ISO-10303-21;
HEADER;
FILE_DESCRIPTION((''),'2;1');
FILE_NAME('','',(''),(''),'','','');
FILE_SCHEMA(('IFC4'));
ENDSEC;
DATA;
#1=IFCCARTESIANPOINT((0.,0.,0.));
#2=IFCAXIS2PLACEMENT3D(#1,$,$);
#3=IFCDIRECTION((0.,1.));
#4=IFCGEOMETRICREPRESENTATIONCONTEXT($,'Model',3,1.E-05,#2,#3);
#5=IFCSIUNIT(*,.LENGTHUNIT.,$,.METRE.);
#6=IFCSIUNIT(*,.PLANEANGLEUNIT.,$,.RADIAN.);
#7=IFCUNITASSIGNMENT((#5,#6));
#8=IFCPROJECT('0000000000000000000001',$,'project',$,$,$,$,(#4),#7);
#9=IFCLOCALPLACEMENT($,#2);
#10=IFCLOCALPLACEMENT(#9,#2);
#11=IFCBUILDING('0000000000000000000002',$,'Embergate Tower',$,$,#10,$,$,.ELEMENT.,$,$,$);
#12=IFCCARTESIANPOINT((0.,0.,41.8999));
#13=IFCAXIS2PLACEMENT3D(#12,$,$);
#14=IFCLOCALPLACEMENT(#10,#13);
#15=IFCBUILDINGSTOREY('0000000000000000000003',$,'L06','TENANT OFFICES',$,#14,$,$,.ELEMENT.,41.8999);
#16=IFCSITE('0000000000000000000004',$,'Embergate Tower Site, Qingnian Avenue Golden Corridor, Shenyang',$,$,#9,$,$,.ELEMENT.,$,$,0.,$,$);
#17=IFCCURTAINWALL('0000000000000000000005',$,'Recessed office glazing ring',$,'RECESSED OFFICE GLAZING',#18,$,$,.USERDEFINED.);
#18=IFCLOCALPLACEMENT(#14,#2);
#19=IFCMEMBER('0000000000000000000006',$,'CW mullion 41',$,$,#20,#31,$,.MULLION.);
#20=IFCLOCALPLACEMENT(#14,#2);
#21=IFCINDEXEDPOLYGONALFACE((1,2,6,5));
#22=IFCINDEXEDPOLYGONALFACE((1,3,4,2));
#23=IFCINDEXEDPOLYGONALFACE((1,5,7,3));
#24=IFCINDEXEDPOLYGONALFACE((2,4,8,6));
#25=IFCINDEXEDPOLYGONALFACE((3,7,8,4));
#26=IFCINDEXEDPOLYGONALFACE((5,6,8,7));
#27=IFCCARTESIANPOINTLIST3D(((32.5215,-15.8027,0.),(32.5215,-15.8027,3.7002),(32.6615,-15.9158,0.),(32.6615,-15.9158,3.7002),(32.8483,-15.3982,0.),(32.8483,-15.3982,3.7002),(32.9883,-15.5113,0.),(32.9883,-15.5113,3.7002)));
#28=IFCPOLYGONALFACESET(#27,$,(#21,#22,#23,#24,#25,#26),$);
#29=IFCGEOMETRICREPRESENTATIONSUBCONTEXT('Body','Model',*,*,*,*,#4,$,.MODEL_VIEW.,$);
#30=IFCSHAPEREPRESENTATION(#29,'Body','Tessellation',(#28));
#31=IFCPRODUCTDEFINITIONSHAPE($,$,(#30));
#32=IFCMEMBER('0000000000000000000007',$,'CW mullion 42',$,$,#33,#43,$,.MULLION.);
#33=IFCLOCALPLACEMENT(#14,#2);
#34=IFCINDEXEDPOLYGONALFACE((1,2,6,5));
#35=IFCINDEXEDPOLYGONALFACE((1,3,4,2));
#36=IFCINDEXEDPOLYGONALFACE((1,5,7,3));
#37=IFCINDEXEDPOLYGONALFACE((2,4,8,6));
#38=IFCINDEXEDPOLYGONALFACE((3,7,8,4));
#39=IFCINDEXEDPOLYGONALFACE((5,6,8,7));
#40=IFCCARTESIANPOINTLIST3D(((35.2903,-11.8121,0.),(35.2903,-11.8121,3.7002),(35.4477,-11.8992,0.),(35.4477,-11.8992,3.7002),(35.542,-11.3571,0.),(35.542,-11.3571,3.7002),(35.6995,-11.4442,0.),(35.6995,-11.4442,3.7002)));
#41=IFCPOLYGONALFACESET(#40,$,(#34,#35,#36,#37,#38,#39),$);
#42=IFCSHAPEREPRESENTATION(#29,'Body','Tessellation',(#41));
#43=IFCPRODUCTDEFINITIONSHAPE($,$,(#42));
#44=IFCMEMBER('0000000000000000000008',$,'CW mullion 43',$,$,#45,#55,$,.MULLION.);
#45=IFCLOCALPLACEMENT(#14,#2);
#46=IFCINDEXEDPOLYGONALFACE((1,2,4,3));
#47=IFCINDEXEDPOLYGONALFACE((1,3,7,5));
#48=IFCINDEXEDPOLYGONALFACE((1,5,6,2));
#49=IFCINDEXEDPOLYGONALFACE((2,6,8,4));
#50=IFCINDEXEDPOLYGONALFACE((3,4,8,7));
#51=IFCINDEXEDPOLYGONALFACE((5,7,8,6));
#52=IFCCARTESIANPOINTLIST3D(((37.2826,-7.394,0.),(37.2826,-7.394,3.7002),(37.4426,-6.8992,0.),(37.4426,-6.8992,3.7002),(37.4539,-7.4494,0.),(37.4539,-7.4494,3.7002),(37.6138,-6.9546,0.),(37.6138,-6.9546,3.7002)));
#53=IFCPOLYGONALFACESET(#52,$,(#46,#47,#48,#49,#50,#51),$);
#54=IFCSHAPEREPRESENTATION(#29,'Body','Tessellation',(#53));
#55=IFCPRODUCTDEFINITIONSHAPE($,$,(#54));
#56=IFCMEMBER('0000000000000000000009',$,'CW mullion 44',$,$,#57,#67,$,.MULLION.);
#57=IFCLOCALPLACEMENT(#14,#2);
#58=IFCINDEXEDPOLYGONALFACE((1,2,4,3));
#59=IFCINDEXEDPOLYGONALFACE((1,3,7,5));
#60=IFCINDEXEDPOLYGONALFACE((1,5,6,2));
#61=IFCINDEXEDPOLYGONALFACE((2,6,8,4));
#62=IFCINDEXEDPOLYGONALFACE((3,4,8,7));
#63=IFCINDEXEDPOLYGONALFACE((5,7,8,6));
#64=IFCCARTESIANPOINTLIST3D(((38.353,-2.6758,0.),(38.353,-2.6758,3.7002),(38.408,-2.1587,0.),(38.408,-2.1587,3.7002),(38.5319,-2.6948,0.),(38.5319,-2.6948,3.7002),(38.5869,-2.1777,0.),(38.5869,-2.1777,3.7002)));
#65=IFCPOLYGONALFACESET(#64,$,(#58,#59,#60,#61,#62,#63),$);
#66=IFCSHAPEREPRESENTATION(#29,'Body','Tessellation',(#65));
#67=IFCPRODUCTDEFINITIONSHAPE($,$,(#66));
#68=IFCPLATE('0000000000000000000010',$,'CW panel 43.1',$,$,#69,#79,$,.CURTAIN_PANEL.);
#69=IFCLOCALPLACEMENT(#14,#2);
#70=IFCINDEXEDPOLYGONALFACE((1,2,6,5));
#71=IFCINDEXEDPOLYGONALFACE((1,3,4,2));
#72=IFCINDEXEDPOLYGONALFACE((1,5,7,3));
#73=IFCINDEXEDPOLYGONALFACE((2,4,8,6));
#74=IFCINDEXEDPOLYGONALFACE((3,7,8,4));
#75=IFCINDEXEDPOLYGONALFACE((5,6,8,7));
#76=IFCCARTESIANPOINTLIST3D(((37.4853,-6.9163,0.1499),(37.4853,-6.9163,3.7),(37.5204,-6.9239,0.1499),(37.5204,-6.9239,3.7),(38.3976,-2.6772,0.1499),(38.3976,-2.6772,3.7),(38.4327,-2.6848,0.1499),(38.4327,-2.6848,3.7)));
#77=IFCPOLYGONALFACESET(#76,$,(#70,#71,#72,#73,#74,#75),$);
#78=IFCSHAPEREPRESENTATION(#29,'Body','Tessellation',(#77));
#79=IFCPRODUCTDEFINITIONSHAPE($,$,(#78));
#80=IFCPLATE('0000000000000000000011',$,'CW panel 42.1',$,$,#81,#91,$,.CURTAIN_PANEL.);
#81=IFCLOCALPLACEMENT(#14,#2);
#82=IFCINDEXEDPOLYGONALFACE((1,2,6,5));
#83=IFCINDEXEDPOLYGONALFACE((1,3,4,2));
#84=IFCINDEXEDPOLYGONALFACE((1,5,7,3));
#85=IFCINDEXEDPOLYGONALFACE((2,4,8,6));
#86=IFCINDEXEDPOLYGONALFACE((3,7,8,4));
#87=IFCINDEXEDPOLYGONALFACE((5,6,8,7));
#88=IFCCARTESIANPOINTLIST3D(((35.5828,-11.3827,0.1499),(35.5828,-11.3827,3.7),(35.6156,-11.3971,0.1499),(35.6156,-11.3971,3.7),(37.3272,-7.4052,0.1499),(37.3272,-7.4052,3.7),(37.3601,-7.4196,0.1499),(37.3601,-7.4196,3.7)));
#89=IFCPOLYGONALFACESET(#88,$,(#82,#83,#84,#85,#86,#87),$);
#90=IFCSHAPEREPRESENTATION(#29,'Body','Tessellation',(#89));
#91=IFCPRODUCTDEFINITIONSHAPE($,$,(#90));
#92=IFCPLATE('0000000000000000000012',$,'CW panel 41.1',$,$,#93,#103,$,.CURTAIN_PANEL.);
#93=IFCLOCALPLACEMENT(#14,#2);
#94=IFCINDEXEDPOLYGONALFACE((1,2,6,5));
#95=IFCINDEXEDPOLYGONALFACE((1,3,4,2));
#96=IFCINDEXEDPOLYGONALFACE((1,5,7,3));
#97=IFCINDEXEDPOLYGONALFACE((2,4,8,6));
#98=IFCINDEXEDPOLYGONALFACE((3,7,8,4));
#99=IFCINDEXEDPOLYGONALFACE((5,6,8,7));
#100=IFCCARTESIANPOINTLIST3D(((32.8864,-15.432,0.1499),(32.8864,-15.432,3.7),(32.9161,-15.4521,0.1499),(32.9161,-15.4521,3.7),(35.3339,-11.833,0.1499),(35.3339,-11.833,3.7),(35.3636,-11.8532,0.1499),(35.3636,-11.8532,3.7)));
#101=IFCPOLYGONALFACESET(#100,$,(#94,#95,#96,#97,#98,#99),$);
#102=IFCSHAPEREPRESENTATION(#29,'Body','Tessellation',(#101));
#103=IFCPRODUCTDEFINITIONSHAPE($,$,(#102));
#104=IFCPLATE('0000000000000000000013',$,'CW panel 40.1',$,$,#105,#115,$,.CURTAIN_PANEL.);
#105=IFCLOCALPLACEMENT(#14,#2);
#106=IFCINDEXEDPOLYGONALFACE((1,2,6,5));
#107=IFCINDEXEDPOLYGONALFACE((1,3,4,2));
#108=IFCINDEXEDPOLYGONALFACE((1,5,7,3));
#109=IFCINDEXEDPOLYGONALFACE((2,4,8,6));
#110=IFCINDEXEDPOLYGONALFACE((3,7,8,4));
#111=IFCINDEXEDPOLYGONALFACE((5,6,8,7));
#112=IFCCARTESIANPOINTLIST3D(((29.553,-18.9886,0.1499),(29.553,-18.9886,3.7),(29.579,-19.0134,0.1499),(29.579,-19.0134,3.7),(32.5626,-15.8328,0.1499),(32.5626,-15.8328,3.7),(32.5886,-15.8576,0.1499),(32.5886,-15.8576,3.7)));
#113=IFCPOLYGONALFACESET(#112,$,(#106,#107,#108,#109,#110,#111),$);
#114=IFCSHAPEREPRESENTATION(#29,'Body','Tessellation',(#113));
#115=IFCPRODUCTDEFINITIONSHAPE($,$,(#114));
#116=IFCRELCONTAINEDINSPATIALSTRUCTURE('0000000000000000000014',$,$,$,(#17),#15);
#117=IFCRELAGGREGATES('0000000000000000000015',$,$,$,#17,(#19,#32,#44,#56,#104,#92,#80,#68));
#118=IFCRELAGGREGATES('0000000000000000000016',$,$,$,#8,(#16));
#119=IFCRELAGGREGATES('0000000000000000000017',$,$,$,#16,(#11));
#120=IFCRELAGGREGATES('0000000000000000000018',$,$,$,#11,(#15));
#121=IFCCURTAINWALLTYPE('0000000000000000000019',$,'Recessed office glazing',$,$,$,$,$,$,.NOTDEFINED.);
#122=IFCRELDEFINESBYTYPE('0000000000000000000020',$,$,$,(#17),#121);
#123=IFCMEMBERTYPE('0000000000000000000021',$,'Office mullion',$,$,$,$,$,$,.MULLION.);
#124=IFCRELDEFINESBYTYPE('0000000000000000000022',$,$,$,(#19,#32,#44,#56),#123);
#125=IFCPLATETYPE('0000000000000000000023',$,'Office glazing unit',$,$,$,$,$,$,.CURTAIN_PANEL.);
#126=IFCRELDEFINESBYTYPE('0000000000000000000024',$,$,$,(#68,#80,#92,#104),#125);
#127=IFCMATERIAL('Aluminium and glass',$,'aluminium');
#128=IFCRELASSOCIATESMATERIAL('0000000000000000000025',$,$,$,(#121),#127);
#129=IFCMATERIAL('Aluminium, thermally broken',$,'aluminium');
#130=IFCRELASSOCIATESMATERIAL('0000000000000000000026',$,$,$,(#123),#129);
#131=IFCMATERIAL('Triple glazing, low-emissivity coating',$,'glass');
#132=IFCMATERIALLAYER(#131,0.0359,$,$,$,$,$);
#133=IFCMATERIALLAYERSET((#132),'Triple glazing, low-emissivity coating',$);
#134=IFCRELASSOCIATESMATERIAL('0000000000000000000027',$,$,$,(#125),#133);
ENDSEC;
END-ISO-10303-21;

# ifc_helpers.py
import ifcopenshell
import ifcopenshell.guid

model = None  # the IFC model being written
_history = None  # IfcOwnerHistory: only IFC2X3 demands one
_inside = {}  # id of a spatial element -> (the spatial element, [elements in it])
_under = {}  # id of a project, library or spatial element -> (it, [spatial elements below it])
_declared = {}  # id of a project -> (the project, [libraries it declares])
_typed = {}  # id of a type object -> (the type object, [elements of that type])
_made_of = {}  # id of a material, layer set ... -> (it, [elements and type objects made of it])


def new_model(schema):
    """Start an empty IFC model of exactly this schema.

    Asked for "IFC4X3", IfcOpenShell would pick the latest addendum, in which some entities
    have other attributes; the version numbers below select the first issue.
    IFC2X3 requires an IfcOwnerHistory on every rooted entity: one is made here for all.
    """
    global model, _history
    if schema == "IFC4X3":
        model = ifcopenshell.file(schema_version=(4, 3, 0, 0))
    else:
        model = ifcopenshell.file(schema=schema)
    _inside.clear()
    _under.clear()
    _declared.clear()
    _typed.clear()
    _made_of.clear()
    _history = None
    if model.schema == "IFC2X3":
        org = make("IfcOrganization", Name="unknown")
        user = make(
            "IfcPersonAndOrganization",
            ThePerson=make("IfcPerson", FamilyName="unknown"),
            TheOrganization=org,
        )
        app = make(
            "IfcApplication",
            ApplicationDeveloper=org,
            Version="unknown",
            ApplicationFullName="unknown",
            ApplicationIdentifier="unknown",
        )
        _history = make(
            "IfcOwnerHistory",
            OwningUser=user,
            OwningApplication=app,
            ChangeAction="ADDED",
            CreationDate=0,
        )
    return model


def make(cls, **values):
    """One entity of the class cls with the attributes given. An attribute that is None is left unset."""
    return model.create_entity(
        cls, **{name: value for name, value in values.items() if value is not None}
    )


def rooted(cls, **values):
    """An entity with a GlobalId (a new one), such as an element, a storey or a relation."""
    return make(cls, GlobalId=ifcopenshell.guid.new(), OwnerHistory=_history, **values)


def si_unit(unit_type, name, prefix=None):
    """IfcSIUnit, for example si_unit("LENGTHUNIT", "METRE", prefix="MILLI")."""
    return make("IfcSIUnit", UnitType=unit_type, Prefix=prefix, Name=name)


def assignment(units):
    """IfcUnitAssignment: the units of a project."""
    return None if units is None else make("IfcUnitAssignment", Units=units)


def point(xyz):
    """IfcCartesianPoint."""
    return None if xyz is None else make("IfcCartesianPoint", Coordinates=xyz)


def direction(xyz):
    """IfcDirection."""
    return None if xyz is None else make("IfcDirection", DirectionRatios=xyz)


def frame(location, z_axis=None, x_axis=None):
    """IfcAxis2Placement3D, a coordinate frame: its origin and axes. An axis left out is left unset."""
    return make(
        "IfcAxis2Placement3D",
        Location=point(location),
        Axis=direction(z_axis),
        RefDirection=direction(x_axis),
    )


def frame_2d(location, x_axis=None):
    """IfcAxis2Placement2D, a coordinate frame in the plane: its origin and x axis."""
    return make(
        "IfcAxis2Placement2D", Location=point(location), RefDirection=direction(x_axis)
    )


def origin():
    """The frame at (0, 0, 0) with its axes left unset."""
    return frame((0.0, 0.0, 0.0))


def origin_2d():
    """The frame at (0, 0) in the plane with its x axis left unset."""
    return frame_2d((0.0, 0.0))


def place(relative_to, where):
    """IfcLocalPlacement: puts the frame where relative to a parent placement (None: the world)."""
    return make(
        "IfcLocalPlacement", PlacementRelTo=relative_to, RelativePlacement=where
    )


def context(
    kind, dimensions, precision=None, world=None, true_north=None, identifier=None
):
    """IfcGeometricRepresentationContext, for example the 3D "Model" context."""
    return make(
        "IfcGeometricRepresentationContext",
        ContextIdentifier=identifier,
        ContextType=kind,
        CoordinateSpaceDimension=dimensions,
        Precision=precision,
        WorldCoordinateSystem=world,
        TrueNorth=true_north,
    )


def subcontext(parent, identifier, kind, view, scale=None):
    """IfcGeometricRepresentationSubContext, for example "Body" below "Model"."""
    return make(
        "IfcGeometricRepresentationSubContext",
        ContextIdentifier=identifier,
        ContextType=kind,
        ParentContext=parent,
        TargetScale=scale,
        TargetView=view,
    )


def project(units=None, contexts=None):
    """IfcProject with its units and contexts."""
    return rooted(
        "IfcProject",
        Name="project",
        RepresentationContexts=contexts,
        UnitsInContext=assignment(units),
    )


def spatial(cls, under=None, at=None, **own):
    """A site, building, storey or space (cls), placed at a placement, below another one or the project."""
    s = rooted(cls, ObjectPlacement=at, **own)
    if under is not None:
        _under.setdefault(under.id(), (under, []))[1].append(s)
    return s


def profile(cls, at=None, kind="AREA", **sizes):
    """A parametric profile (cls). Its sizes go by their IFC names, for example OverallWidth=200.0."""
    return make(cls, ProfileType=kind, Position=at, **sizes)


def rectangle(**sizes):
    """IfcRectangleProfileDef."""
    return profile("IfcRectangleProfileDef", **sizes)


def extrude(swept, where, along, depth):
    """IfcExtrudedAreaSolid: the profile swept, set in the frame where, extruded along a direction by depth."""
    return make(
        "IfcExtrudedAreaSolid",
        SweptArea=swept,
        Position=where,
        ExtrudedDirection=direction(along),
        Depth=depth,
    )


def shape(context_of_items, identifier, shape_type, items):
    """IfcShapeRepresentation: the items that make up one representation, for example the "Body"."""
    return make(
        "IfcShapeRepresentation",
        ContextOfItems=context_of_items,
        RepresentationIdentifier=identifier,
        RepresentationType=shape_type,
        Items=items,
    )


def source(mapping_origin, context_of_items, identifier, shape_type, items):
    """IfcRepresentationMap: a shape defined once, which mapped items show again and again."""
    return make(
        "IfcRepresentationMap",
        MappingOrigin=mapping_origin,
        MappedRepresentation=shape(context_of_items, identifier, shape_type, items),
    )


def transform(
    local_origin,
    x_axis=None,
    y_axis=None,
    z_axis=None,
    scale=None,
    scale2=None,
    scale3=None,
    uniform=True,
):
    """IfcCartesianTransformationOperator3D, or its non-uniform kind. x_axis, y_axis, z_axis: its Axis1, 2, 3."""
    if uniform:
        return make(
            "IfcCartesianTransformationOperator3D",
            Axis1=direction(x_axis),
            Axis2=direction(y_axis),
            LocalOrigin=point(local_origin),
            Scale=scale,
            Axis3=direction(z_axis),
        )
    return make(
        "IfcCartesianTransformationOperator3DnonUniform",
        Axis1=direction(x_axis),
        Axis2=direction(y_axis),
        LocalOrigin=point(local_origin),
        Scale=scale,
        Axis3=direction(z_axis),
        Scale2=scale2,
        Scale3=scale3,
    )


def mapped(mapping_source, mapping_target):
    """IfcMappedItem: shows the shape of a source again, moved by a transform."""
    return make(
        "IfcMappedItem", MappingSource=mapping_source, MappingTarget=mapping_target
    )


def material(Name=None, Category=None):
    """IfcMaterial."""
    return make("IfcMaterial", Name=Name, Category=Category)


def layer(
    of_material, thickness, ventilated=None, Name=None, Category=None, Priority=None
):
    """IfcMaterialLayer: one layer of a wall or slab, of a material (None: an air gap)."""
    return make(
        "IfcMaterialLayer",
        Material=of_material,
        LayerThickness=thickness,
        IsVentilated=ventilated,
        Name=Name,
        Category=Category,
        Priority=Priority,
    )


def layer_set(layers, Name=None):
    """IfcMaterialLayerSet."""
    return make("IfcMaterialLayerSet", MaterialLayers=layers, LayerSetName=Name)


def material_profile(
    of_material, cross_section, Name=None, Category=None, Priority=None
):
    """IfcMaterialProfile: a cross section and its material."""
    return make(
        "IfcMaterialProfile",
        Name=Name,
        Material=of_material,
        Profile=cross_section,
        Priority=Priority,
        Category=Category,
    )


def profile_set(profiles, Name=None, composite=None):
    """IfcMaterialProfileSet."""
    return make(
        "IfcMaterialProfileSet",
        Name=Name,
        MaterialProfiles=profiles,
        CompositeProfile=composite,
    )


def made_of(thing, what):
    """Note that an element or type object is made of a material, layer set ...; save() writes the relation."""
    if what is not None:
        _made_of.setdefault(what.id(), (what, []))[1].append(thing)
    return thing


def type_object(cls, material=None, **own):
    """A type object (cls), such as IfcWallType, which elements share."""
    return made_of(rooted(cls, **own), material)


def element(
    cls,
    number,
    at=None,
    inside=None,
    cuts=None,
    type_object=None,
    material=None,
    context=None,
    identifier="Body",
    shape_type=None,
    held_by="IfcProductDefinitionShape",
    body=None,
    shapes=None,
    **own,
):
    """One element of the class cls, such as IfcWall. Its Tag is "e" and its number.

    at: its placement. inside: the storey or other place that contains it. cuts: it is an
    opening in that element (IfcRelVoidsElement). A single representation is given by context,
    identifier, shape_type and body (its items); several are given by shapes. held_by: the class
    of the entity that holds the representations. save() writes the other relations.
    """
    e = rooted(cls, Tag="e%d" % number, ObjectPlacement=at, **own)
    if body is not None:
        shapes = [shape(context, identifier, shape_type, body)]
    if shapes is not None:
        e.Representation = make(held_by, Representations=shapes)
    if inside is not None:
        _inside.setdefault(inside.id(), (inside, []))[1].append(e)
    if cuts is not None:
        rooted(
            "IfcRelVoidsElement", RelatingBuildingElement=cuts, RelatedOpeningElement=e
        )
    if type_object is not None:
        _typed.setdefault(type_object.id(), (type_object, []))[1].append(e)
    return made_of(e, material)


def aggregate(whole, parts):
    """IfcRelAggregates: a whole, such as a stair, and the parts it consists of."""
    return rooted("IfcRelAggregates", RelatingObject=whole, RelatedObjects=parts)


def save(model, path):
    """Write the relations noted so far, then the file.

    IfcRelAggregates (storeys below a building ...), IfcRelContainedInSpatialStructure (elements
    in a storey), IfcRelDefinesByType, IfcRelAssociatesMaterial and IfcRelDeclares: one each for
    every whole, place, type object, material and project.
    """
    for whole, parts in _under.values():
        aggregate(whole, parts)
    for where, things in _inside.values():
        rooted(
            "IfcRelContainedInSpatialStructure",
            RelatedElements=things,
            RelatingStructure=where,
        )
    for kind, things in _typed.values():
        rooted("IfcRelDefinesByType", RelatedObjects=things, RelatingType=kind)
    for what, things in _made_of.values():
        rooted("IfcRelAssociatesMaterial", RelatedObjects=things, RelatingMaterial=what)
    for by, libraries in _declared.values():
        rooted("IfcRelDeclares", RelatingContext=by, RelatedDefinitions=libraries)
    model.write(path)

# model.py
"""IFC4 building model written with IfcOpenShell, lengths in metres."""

from ifc_helpers import new_model, si_unit, direction, frame, origin, origin_2d, place, context, subcontext, project, spatial, rectangle, extrude, source, transform, mapped, material, layer, layer_set, material_profile, profile_set, type_object, element, aggregate, save


model = new_model("IFC4")

# Units and contexts
model_context = context("Model", 3, precision=1e-05, world=origin(), true_north=direction((0.0, 1.0)))
body_context = subcontext(model_context, "Body", "Model", "MODEL_VIEW")
ifc_project = project(units=[si_unit("LENGTHUNIT", "METRE"), si_unit("PLANEANGLEUNIT", "RADIAN")], contexts=[model_context])

# Site, building, storey
site_placement = place(None, origin())
site = spatial("IfcSite", under=ifc_project, at=site_placement, Name="Embergate Tower Site, Qingnian Avenue Golden Corridor, Shenyang", CompositionType="ELEMENT", RefElevation=0.0)
building_placement = place(site_placement, origin())
building = spatial("IfcBuilding", under=site, at=building_placement, Name="Embergate Tower", CompositionType="ELEMENT")
storey_placement = place(building_placement, frame((0.0, 0.0, 41.8999)))
storey = spatial("IfcBuildingStorey", under=building, at=storey_placement, Name="L06", Description="TENANT OFFICES", CompositionType="ELEMENT", Elevation=41.8999)

# Curtain wall, members, plates
ifc_material_1 = material(Name="Aluminium and glass", Category="aluminium")
curtain_wall_type = type_object("IfcCurtainWallType", Name="Recessed office glazing", PredefinedType="NOTDEFINED", material=ifc_material_1)
curtain_wall_placement = place(storey_placement, origin())
curtain_wall = element("IfcCurtainWall", 1, at=curtain_wall_placement, inside=storey, type_object=curtain_wall_type, Name="Recessed office glazing ring", ObjectType="RECESSED OFFICE GLAZING", PredefinedType="USERDEFINED")
ifc_material_2 = material(Name="Aluminium, thermally broken", Category="aluminium")
ifc_material_profile_1 = material_profile(ifc_material_2, rectangle(XDim=0.1799, YDim=0.52, at=origin_2d()), Name="AL 520x180")
ifc_profile_set_1 = profile_set([ifc_material_profile_1], Name="Aluminium, thermally broken")
member_type_1 = type_object("IfcMemberType", Name="Office mullion", PredefinedType="MULLION", material=ifc_profile_set_1)
shared_shape_1 = source(origin(), body_context, "Body", "SweptSolid", [
    extrude(rectangle(XDim=0.1799, YDim=0.52, at=origin_2d()), origin(), (0.0, 0.0, 1.0), 3.7002),
])
member_1_placement = place(storey_placement, frame((32.7549, -15.657, 0.0), z_axis=(0.0, 0.0, 1.0), x_axis=(-0.777874, 0.628421, 0.0)))
member_1 = element("IfcMember", 2, at=member_1_placement, type_object=member_type_1, Name="CW mullion 41", PredefinedType="MULLION", context=body_context, shape_type="MappedRepresentation", body=[
    mapped(shared_shape_1, transform((0.0, 0.0, 0.0))),
])
member_2_placement = place(storey_placement, frame((35.4949, -11.6282, 0.0), z_axis=(0.0, 0.0, 1.0), x_axis=(-0.875003, 0.484118, 0.0)))
member_2 = element("IfcMember", 3, at=member_2_placement, type_object=member_type_1, Name="CW mullion 42", PredefinedType="MULLION", context=body_context, shape_type="MappedRepresentation", body=[
    mapped(shared_shape_1, transform((0.0, 0.0, 0.0))),
])
member_3_placement = place(storey_placement, frame((37.4482, -7.1743, 0.0), z_axis=(0.0, 0.0, 1.0), x_axis=(-0.951499, 0.307652, 0.0)))
member_3 = element("IfcMember", 4, at=member_3_placement, type_object=member_type_1, Name="CW mullion 43", PredefinedType="MULLION", context=body_context, shape_type="MappedRepresentation", body=[
    mapped(shared_shape_1, transform((0.0, 0.0, 0.0))),
])
member_4_placement = place(storey_placement, frame((38.47, -2.4268, 0.0), z_axis=(0.0, 0.0, 1.0), x_axis=(-0.994385, 0.105823, 0.0)))
member_4 = element("IfcMember", 5, at=member_4_placement, type_object=member_type_1, Name="CW mullion 44", PredefinedType="MULLION", context=body_context, shape_type="MappedRepresentation", body=[
    mapped(shared_shape_1, transform((0.0, 0.0, 0.0))),
])
ifc_material_3 = material(Name="Triple glazing, low-emissivity coating", Category="glass")
ifc_layer_1 = layer(ifc_material_3, 0.0359)
ifc_layer_set_1 = layer_set([ifc_layer_1], Name="Triple glazing, low-emissivity coating")
plate_type = type_object("IfcPlateType", Name="Office glazing unit", PredefinedType="CURTAIN_PANEL", material=ifc_layer_set_1)
shared_shape_2 = source(origin(), body_context, "Body", "SweptSolid", [
    extrude(rectangle(XDim=4.3362, YDim=0.0359, at=origin_2d()), origin(), (0.0, 0.0, 1.0), 3.55),
])
plate_1_placement = place(storey_placement, frame((37.959, -4.8005, 0.1499), z_axis=(0.0, 0.0, 1.0), x_axis=(0.210398, 0.977616, 0.0)))
plate_1 = element("IfcPlate", 6, at=plate_1_placement, type_object=plate_type, Name="CW panel 43.1", PredefinedType="CURTAIN_PANEL", context=body_context, shape_type="MappedRepresentation", body=[
    mapped(shared_shape_2, transform((0.0, 0.0, 0.0))),
])
shared_shape_3 = source(origin(), body_context, "Body", "SweptSolid", [
    extrude(rectangle(XDim=4.3433, YDim=0.0359, at=origin_2d()), origin(), (0.0, 0.0, 1.0), 3.55),
])
plate_2_placement = place(storey_placement, frame((36.4714, -9.4011, 0.1499), z_axis=(0.0, 0.0, 1.0), x_axis=(0.401654, 0.915792, 0.0)))
plate_2 = element("IfcPlate", 7, at=plate_2_placement, type_object=plate_type, Name="CW panel 42.1", PredefinedType="CURTAIN_PANEL", context=body_context, shape_type="MappedRepresentation", body=[
    mapped(shared_shape_3, transform((0.0, 0.0, 0.0))),
])
shared_shape_4 = source(origin(), body_context, "Body", "SweptSolid", [
    extrude(rectangle(XDim=4.3523, YDim=0.0359, at=origin_2d()), origin(), (0.0, 0.0, 1.0), 3.55),
])
plate_3_placement = place(storey_placement, frame((34.125, -13.6426, 0.1499), z_axis=(0.0, 0.0, 1.0), x_axis=(0.562345, 0.826903, 0.0)))
plate_3 = element("IfcPlate", 8, at=plate_3_placement, type_object=plate_type, Name="CW panel 41.1", PredefinedType="CURTAIN_PANEL", context=body_context, shape_type="MappedRepresentation", body=[
    mapped(shared_shape_4, transform((0.0, 0.0, 0.0))),
])
shared_shape_5 = source(origin(), body_context, "Body", "SweptSolid", [
    extrude(rectangle(XDim=4.3608, YDim=0.0359, at=origin_2d()), origin(), (0.0, 0.0, 1.0), 3.55),
])
plate_4_placement = place(storey_placement, frame((31.0708, -17.4231, 0.1499), z_axis=(0.0, 0.0, 1.0), x_axis=(0.690136, 0.723679, 0.0)))
plate_4 = element("IfcPlate", 9, at=plate_4_placement, type_object=plate_type, Name="CW panel 40.1", PredefinedType="CURTAIN_PANEL", context=body_context, shape_type="MappedRepresentation", body=[
    mapped(shared_shape_5, transform((0.0, 0.0, 0.0))),
])
aggregate(curtain_wall, [member_1, member_2, member_3, member_4, plate_4, plate_3, plate_2, plate_1])

save(model, "model.ifc")
